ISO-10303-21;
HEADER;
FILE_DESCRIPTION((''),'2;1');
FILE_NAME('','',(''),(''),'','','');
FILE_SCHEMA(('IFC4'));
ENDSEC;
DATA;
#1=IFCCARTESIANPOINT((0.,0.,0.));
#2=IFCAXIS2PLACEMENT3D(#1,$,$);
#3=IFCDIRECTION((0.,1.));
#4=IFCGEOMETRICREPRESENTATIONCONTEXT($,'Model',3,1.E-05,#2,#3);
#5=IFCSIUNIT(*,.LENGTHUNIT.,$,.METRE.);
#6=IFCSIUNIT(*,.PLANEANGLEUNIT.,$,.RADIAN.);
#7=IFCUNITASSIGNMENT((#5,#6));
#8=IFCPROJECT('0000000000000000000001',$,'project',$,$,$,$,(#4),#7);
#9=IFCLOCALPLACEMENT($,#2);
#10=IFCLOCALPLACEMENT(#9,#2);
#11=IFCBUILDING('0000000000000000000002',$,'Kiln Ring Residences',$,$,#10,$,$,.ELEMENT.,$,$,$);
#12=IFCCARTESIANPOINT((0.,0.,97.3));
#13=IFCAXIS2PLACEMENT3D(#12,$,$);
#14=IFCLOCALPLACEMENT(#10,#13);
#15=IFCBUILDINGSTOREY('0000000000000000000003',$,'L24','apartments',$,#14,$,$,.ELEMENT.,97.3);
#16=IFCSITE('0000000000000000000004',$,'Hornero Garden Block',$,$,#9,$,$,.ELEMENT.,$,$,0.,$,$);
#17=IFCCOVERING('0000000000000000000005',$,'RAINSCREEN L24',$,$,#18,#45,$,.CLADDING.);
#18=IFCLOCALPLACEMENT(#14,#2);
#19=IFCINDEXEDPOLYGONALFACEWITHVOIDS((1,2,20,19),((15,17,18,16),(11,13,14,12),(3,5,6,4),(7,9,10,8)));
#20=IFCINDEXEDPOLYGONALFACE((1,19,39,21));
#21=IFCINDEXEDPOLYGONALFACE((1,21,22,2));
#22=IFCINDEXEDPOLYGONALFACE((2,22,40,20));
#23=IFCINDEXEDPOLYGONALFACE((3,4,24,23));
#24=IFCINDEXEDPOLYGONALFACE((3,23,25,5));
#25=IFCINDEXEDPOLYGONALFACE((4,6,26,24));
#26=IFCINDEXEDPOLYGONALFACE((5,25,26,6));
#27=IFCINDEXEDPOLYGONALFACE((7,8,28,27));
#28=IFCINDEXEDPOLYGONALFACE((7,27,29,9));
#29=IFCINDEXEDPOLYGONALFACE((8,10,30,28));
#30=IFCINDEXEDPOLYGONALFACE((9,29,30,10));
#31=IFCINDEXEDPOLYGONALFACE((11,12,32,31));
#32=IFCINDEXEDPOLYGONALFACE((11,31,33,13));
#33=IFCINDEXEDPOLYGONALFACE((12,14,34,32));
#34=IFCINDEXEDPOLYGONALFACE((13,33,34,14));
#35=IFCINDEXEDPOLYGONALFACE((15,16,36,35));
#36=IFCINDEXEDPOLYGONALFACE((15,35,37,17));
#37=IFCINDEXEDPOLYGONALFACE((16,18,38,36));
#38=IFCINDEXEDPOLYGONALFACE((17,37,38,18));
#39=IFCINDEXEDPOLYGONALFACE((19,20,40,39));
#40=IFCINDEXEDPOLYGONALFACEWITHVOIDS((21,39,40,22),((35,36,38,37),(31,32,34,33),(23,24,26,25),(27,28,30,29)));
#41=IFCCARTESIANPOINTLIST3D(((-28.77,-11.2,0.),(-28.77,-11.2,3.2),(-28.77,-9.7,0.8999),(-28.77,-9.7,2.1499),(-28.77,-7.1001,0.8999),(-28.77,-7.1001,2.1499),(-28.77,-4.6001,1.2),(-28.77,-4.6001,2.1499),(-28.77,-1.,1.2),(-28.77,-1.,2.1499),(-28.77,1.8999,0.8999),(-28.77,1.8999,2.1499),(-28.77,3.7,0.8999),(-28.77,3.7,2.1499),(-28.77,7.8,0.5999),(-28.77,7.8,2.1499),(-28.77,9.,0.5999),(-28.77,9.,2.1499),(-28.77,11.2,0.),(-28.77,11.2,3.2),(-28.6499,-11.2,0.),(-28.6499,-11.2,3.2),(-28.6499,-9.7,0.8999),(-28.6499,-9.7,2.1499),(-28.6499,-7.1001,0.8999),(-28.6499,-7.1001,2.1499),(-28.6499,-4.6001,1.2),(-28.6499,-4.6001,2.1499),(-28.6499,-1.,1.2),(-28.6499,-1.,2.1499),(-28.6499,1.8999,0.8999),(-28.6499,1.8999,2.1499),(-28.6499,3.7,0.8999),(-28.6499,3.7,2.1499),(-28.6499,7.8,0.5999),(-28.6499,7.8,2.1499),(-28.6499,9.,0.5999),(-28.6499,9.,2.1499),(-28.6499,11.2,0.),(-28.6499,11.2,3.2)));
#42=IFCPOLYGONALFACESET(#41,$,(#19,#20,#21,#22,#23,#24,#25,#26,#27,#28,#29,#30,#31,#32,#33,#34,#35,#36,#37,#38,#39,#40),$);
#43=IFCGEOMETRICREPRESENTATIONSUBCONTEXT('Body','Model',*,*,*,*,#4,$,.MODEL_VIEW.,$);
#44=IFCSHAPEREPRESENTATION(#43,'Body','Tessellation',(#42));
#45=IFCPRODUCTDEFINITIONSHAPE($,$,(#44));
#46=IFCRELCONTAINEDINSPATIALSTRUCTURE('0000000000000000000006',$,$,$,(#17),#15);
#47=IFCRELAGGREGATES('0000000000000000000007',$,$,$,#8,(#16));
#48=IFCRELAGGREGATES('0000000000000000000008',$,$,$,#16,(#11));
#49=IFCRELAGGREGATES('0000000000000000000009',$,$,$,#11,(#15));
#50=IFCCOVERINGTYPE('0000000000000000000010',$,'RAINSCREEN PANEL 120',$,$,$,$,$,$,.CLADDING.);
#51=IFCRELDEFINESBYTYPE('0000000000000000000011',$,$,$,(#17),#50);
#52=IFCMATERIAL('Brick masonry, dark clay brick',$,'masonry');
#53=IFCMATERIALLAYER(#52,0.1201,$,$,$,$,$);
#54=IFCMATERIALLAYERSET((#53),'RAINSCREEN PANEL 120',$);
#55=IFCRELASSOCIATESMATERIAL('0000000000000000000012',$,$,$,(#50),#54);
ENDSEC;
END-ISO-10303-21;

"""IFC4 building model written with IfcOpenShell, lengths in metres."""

from ifc_helpers import new_model, si_unit, direction, frame, origin, place, context, subcontext, project, spatial, polyline, outline, extrude, material, layer, layer_set, type_object, element, save


model = new_model("IFC4")

# Units and contexts
model_context = context("Model", 3, precision=1e-05, world=origin(), true_north=direction((0.0, 1.0)))
body_context = subcontext(model_context, "Body", "Model", "MODEL_VIEW")
ifc_project = project(units=[si_unit("LENGTHUNIT", "METRE"), si_unit("PLANEANGLEUNIT", "RADIAN")], contexts=[model_context])

# Site, building, storey
site_placement = place(None, origin())
site = spatial("IfcSite", under=ifc_project, at=site_placement, Name="Hornero Garden Block", CompositionType="ELEMENT", RefElevation=0.0)
building_placement = place(site_placement, origin())
building = spatial("IfcBuilding", under=site, at=building_placement, Name="Kiln Ring Residences", CompositionType="ELEMENT")
storey_placement = place(building_placement, frame((0.0, 0.0, 97.3)))
storey = spatial("IfcBuildingStorey", under=building, at=storey_placement, Name="L24", Description="apartments", CompositionType="ELEMENT", Elevation=97.3)

# Covering
ifc_material_1 = material(Name="Brick masonry, dark clay brick", Category="masonry")
ifc_layer_1 = layer(ifc_material_1, 0.1201)
ifc_layer_set_1 = layer_set([ifc_layer_1], Name="RAINSCREEN PANEL 120")
covering_type = type_object("IfcCoveringType", Name="RAINSCREEN PANEL 120", PredefinedType="CLADDING", material=ifc_layer_set_1)
covering_placement = place(storey_placement, frame((-28.71, 11.2, 0.0), z_axis=(0.0, 0.0, 1.0), x_axis=(0.0, -1.0, 0.0)))
element("IfcCovering", 1, at=covering_placement, inside=storey, type_object=covering_type, Name="RAINSCREEN L24", PredefinedType="CLADDING", context=body_context, shape_type="SweptSolid", body=[
    extrude(outline(polyline([(0.0, 0.0), (22.3999, 0.0), (22.3999, 3.2), (0.0, 3.2), (0.0, 0.0)]), holes=[polyline([(3.3999, 0.5999), (3.3999, 2.1499), (2.2, 2.1499), (2.2, 0.5999), (3.3999, 0.5999)]), polyline([(9.3, 0.8999), (9.3, 2.1499), (7.5, 2.1499), (7.5, 0.8999), (9.3, 0.8999)]), polyline([(20.8999, 0.8999), (20.8999, 2.1499), (18.3, 2.1499), (18.3, 0.8999), (20.8999, 0.8999)]), polyline([(15.8, 1.2), (15.8, 2.1499), (12.2, 2.1499), (12.2, 1.2), (15.8, 1.2)])]), frame((0.0, 0.0601, 0.0), z_axis=(0.0, -1.0, 0.0), x_axis=(1.0, 0.0, 0.0)), (0.0, 0.0, 1.0), 0.1201),
])

save(model, "model.ifc")
